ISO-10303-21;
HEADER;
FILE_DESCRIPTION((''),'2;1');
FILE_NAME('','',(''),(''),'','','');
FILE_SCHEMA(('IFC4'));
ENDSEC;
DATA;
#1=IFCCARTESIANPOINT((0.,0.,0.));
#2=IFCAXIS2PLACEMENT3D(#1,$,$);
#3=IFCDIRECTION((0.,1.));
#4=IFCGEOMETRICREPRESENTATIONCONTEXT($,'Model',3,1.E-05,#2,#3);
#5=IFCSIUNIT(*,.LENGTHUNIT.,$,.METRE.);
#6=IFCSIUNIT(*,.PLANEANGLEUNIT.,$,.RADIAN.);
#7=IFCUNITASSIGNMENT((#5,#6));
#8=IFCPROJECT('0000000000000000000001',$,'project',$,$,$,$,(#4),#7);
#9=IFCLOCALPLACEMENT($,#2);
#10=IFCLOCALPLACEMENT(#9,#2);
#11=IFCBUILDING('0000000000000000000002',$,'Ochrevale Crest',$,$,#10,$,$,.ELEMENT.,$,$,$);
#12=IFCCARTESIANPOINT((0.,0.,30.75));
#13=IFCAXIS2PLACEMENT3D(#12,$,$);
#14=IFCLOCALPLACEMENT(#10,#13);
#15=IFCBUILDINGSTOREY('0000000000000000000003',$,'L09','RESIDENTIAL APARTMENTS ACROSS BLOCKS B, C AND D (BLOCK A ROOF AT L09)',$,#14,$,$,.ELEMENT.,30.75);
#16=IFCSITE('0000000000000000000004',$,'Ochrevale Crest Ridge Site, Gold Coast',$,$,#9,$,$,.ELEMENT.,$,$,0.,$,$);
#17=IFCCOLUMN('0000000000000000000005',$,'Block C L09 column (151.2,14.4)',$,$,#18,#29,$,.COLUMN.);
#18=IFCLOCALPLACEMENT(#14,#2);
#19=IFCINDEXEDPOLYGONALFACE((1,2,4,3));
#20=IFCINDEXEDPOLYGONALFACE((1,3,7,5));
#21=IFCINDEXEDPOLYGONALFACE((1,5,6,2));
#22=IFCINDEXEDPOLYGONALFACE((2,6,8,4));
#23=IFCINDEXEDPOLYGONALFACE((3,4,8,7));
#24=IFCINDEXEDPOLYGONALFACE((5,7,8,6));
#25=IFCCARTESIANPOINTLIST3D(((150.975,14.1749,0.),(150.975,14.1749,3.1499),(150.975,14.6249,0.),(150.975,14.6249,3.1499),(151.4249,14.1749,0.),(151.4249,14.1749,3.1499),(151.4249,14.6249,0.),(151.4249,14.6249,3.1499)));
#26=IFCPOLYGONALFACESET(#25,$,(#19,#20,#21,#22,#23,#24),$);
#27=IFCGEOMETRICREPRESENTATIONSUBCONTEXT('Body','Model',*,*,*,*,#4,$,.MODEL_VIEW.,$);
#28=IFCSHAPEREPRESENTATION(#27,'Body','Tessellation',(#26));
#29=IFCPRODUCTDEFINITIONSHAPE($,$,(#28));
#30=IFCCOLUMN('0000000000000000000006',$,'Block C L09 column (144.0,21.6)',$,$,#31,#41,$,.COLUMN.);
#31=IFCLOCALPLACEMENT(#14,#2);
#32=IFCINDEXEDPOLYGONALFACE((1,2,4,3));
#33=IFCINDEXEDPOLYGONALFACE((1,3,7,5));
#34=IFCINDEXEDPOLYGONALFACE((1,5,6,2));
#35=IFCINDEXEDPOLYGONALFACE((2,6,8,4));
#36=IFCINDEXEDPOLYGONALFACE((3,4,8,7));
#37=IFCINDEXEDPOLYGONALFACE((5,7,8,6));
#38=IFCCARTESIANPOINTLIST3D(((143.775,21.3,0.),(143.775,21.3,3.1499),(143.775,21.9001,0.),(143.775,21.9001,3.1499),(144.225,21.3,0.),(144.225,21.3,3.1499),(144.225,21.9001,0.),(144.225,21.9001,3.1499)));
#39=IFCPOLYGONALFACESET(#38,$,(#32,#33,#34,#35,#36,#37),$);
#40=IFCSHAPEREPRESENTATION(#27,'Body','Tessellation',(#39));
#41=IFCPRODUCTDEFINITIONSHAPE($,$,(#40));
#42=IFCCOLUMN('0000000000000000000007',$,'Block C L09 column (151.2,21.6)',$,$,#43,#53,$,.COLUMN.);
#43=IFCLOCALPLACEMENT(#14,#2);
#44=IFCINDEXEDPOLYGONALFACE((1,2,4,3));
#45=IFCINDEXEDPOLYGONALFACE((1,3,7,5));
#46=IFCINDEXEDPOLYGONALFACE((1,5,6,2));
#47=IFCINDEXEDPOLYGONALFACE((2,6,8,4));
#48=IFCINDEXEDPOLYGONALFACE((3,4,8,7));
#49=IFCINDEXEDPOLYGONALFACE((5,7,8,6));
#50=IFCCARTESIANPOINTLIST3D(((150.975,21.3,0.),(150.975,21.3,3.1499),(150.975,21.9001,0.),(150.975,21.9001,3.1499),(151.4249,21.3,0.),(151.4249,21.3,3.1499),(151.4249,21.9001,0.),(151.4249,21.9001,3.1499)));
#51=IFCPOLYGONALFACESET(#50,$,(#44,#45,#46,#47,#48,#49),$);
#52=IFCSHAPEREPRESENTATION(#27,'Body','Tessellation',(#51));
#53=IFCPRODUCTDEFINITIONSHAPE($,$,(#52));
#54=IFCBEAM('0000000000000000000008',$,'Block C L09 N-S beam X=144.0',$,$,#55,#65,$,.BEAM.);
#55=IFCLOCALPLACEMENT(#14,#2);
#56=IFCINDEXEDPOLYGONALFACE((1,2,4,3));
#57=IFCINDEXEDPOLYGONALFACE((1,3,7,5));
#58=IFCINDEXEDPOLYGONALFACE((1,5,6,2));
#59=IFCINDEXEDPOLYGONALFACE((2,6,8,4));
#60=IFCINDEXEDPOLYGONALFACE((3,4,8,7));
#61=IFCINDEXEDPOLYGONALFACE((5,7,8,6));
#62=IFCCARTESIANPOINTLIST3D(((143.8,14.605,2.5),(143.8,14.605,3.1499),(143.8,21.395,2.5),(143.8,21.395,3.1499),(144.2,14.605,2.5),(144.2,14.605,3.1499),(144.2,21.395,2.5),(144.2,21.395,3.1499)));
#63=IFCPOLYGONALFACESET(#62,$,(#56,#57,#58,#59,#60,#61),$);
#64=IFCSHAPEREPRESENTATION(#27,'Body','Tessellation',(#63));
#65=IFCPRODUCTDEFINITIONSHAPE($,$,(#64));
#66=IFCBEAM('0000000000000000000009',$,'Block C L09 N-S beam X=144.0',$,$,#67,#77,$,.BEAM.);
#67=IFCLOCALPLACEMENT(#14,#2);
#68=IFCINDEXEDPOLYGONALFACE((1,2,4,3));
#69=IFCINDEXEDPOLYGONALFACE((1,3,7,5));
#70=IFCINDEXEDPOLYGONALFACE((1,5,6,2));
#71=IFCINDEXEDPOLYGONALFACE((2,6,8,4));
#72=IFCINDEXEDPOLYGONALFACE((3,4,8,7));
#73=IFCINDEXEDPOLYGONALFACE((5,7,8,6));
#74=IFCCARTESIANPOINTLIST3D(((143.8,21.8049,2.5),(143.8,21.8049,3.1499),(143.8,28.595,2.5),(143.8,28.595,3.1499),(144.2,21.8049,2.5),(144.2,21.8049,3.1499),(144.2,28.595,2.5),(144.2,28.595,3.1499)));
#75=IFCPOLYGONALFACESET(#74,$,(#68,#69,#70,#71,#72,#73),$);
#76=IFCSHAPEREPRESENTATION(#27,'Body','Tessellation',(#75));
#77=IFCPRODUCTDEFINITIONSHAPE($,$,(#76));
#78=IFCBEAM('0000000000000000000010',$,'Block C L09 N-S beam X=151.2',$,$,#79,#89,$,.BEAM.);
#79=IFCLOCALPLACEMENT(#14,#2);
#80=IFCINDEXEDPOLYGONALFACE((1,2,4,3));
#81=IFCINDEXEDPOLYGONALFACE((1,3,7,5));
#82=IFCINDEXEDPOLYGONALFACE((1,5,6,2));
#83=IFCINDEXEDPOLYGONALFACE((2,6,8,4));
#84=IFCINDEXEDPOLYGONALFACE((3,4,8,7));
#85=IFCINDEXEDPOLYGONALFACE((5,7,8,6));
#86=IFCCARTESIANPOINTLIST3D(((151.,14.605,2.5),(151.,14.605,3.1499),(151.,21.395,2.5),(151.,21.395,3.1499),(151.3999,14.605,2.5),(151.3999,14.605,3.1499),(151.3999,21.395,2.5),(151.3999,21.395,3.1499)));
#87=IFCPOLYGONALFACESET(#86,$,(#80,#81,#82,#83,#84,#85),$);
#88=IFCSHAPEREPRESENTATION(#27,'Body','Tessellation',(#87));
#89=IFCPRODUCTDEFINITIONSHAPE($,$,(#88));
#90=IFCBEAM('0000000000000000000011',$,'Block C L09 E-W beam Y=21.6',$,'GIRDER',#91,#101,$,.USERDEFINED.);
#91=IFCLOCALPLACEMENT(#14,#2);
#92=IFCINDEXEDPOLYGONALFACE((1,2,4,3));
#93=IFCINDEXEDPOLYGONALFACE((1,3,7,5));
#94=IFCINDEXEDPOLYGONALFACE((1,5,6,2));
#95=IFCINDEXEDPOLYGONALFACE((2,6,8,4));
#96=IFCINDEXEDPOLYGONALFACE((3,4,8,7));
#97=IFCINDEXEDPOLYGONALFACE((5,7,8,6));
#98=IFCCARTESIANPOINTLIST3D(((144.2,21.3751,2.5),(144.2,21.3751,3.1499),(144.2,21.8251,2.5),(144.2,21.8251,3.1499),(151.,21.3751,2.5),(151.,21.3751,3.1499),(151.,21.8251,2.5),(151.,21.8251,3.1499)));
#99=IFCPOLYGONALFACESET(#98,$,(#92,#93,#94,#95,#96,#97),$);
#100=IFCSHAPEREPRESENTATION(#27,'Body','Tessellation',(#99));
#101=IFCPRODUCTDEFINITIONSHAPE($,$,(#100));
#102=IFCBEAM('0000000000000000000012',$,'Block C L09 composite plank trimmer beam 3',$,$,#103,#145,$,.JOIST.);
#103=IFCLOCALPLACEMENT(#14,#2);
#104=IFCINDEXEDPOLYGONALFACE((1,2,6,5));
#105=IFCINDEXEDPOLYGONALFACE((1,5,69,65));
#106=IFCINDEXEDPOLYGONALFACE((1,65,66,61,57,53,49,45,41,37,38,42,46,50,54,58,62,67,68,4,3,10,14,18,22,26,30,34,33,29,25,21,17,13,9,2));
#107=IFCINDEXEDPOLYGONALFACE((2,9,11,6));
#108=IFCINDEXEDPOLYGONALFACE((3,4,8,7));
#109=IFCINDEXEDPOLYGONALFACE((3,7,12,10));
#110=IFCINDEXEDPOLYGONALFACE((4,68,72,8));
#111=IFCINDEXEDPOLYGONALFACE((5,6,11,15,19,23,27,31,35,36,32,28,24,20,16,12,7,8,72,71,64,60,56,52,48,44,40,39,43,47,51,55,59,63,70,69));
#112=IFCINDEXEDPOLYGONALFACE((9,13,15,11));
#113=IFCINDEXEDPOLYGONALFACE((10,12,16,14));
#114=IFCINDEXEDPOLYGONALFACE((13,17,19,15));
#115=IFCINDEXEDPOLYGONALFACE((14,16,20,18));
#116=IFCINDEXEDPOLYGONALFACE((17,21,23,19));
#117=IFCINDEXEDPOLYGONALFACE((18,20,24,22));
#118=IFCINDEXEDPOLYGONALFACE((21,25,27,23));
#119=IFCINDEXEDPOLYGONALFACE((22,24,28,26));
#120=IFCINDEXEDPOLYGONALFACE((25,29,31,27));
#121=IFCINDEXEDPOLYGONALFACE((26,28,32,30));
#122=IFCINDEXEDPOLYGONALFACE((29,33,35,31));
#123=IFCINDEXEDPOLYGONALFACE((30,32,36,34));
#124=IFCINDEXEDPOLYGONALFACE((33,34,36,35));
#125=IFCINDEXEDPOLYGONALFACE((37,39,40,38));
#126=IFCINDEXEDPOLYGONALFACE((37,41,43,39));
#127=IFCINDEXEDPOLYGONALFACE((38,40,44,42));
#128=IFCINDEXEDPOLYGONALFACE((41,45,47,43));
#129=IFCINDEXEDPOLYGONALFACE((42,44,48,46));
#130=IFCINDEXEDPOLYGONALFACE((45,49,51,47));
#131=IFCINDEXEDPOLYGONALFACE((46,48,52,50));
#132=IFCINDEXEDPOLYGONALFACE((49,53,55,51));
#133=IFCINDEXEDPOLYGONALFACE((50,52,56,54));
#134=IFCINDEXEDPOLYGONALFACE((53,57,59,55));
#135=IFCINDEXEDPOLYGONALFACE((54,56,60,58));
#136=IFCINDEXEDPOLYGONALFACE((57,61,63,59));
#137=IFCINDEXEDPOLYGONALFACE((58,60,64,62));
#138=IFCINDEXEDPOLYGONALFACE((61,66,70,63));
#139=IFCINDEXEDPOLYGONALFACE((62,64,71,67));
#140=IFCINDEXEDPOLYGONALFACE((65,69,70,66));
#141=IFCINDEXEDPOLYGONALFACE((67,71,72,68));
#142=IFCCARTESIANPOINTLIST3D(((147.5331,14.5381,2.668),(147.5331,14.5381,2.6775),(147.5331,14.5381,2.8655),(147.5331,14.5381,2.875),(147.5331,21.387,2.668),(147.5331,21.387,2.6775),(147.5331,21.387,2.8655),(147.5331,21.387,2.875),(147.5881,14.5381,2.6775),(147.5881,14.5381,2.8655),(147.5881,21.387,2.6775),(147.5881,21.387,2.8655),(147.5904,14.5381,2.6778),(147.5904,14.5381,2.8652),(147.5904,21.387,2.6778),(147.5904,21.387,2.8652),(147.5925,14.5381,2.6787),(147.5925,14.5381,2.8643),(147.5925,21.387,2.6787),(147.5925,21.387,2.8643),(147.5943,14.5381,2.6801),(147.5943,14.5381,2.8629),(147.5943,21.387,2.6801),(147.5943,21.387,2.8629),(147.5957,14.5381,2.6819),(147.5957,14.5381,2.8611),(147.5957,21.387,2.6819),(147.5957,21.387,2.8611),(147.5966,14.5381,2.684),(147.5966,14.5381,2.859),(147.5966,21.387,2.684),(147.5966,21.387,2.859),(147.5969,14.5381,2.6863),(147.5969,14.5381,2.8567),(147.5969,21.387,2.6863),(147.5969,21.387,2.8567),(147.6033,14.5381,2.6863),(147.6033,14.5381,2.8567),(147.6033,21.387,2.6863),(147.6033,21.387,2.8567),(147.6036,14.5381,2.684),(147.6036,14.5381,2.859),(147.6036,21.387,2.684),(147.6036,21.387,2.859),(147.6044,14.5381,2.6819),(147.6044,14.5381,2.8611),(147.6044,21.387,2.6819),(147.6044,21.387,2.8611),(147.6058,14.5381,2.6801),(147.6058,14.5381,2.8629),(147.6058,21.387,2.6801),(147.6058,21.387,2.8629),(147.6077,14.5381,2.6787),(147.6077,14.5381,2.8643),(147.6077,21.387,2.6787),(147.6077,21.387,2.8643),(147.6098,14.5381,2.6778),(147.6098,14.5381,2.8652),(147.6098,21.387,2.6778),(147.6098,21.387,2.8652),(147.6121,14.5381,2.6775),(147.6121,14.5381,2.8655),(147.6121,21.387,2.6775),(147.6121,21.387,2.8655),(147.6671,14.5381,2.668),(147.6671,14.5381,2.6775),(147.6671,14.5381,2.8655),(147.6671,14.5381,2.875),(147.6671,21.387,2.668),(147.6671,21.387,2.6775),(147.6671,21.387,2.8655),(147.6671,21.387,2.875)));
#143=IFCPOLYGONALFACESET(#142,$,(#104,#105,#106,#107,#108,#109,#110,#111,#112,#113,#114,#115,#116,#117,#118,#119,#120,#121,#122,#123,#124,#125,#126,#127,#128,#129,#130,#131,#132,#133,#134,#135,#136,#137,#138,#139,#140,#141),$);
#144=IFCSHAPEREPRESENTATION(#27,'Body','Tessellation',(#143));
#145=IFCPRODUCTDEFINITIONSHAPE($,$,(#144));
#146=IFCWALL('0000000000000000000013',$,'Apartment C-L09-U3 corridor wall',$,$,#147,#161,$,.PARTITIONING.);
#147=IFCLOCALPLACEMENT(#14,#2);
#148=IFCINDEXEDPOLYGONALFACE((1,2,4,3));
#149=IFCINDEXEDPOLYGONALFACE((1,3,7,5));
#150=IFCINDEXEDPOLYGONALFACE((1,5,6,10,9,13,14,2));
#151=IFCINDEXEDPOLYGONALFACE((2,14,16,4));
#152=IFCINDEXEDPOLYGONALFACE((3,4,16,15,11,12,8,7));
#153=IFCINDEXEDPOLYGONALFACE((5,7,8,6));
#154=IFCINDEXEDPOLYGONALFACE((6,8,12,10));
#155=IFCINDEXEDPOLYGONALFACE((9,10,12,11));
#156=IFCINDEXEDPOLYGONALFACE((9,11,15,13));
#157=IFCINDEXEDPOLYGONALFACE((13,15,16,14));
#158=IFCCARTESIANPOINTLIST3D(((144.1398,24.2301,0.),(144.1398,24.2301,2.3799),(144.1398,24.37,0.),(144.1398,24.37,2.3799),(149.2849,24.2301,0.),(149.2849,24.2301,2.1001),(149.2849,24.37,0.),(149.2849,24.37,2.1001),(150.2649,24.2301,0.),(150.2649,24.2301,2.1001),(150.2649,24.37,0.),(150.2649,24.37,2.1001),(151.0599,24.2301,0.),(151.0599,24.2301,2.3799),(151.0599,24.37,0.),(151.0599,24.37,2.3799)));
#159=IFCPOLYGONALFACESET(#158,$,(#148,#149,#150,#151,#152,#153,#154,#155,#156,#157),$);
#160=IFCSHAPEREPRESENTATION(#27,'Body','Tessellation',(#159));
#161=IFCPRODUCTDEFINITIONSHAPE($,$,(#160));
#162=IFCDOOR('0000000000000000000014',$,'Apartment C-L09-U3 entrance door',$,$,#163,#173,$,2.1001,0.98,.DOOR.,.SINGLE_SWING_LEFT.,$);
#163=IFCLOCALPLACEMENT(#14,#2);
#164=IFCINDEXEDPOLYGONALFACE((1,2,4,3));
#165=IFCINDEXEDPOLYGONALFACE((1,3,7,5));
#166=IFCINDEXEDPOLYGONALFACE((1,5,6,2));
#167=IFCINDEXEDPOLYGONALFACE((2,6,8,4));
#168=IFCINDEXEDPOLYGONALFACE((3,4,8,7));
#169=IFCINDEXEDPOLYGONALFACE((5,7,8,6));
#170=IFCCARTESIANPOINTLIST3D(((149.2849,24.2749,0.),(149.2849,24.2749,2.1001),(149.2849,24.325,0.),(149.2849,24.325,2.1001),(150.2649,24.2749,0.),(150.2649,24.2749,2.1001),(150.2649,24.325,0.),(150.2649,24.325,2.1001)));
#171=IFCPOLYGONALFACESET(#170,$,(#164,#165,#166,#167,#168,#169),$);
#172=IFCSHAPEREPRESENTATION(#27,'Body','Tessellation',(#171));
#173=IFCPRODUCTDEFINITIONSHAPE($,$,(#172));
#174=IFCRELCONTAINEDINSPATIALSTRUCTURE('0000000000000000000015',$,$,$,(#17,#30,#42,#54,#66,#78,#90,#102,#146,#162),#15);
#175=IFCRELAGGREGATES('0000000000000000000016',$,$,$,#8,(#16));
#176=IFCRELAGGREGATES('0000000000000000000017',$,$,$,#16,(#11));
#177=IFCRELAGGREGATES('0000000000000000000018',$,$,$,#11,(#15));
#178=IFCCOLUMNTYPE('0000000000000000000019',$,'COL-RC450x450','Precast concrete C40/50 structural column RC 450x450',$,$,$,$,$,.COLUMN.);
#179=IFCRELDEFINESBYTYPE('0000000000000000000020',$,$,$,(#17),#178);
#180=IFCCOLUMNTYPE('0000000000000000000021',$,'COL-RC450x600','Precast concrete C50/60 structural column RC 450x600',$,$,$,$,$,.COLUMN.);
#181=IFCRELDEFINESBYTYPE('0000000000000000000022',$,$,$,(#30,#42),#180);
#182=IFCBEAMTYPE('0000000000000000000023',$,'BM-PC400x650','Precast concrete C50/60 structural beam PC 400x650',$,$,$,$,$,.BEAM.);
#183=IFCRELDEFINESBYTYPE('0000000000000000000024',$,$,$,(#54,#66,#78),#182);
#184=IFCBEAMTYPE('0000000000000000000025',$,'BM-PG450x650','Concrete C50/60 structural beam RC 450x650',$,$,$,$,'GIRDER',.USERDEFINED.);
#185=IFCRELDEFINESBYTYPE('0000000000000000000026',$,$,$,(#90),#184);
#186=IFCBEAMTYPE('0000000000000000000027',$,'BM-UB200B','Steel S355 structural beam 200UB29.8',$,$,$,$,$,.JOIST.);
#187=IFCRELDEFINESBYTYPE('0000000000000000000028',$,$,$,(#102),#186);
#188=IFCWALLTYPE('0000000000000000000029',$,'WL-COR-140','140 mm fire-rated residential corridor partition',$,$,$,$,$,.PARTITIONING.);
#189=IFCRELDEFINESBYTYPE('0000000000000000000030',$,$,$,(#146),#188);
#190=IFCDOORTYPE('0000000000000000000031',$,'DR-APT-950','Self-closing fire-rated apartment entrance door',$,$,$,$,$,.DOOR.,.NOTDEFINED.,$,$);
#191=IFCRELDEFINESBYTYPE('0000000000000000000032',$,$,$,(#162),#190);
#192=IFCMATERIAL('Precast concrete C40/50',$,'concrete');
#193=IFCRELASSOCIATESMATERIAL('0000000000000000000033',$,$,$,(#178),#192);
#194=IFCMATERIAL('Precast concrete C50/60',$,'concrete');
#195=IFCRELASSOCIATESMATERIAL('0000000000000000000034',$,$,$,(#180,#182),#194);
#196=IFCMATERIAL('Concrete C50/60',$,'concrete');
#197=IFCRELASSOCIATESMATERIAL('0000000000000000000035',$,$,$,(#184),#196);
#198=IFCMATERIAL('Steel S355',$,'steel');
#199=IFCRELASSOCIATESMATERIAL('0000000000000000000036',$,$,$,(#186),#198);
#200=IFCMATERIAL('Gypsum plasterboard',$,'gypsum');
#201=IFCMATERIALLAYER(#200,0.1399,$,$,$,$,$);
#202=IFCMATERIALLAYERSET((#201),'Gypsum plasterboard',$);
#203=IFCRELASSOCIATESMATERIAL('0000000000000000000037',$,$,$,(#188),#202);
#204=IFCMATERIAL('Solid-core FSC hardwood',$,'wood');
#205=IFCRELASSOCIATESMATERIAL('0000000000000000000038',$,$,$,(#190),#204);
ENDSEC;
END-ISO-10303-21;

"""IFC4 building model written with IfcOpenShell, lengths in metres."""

from ifc_helpers import new_model, si_unit, direction, frame, frame_2d, origin, origin_2d, place, context, subcontext, project, spatial, rectangle, i_section, extrude, material, layer, layer_set, material_profile, profile_set, type_object, element, fill, save


model = new_model("IFC4")

# Units and contexts
model_context = context("Model", 3, precision=1e-05, world=origin(), true_north=direction((0.0, 1.0)))
body_context = subcontext(model_context, "Body", "Model", "MODEL_VIEW")
ifc_project = project(units=[si_unit("LENGTHUNIT", "METRE"), si_unit("PLANEANGLEUNIT", "RADIAN")], contexts=[model_context])

# Site, building, storey
site_placement = place(None, origin())
site = spatial("IfcSite", under=ifc_project, at=site_placement, Name="Ochrevale Crest Ridge Site, Gold Coast", CompositionType="ELEMENT", RefElevation=0.0)
building_placement = place(site_placement, origin())
building = spatial("IfcBuilding", under=site, at=building_placement, Name="Ochrevale Crest", CompositionType="ELEMENT")
storey_placement = place(building_placement, frame((0.0, 0.0, 30.75)))
storey = spatial("IfcBuildingStorey", under=building, at=storey_placement, Name="L09", Description="RESIDENTIAL APARTMENTS ACROSS BLOCKS B, C AND D (BLOCK A ROOF AT L09)", CompositionType="ELEMENT", Elevation=30.75)

# Columns
ifc_material_1 = material(Name="Precast concrete C40/50", Category="concrete")
ifc_material_profile_1 = material_profile(ifc_material_1, rectangle(XDim=0.45, YDim=0.45, at=origin_2d()), Name="RC 450x450")
ifc_profile_set_1 = profile_set([ifc_material_profile_1], Name="Precast concrete C40/50")
column_type_1 = type_object("IfcColumnType", Name="COL-RC450x450", Description="Precast concrete C40/50 structural column RC 450x450", PredefinedType="COLUMN", material=ifc_profile_set_1)
column_placement = place(storey_placement, frame((151.2, 14.3999, 0.0), z_axis=(0.0, 0.0, 1.0), x_axis=(1.0, 0.0, 0.0)))
element("IfcColumn", 1, at=column_placement, inside=storey, type_object=column_type_1, Name="Block C L09 column (151.2,14.4)", PredefinedType="COLUMN", context=body_context, shape_type="SweptSolid", body=[
    extrude(rectangle(XDim=0.45, YDim=0.45, at=origin_2d()), origin(), (0.0, 0.0, 1.0), 3.1499),
])
ifc_material_2 = material(Name="Precast concrete C50/60", Category="concrete")
ifc_material_profile_2 = material_profile(ifc_material_2, rectangle(XDim=0.45, YDim=0.6001, at=origin_2d()), Name="RC 450x600")
ifc_profile_set_2 = profile_set([ifc_material_profile_2], Name="Precast concrete C50/60")
column_type_2 = type_object("IfcColumnType", Name="COL-RC450x600", Description="Precast concrete C50/60 structural column RC 450x600", PredefinedType="COLUMN", material=ifc_profile_set_2)
for number, where, z_axis, x_axis, name in (
    (2, (144.0, 21.6001, 0.0), (0.0, 0.0, 1.0), (1.0, 0.0, 0.0), "Block C L09 column (144.0,21.6)"),
    (3, (151.2, 21.6001, 0.0), (0.0, 0.0, 1.0), (1.0, 0.0, 0.0), "Block C L09 column (151.2,21.6)"),
):
    element("IfcColumn", number, at=place(storey_placement, frame(where, z_axis=z_axis, x_axis=x_axis)), inside=storey, type_object=column_type_2, Name=name, PredefinedType="COLUMN", context=body_context, shape_type="SweptSolid", body=[
        extrude(rectangle(XDim=0.45, YDim=0.6001, at=origin_2d()), origin(), (0.0, 0.0, 1.0), 3.1499),
    ])

# Beams
ifc_material_profile_3 = material_profile(ifc_material_2, rectangle(XDim=0.3999, YDim=0.6499, at=origin_2d()), Name="PC 400x650")
ifc_profile_set_3 = profile_set([ifc_material_profile_3], Name="Precast concrete C50/60")
beam_type_1 = type_object("IfcBeamType", Name="BM-PC400x650", Description="Precast concrete C50/60 structural beam PC 400x650", PredefinedType="BEAM", material=ifc_profile_set_3)
for number, where, z_axis, x_axis, name in (
    (4, (144.0, 14.605, 2.825), (0.0, 1.0, 0.0), (-1.0, 0.0, 0.0), "Block C L09 N-S beam X=144.0"),
    (5, (144.0, 21.8049, 2.825), (0.0, 1.0, 0.0), (-1.0, 0.0, 0.0), "Block C L09 N-S beam X=144.0"),
    (6, (151.2, 14.605, 2.825), (0.0, 1.0, 0.0), (-1.0, 0.0, 0.0), "Block C L09 N-S beam X=151.2"),
):
    element("IfcBeam", number, at=place(storey_placement, frame(where, z_axis=z_axis, x_axis=x_axis)), inside=storey, type_object=beam_type_1, Name=name, PredefinedType="BEAM", context=body_context, shape_type="SweptSolid", body=[
        extrude(rectangle(XDim=0.3999, YDim=0.6499, at=origin_2d()), origin(), (0.0, 0.0, 1.0), 6.79),
    ])
ifc_material_3 = material(Name="Concrete C50/60", Category="concrete")
ifc_material_profile_4 = material_profile(ifc_material_3, rectangle(XDim=0.45, YDim=0.6499, at=origin_2d()), Name="RC 450x650")
ifc_profile_set_4 = profile_set([ifc_material_profile_4], Name="Concrete C50/60")
beam_type_2 = type_object("IfcBeamType", Name="BM-PG450x650", Description="Concrete C50/60 structural beam RC 450x650", ElementType="GIRDER", PredefinedType="USERDEFINED", material=ifc_profile_set_4)
beam_1_placement = place(storey_placement, frame((144.2, 21.6001, 2.825), z_axis=(1.0, 0.0, 0.0), x_axis=(0.0, 1.0, 0.0)))
element("IfcBeam", 7, at=beam_1_placement, inside=storey, type_object=beam_type_2, Name="Block C L09 E-W beam Y=21.6", ObjectType="GIRDER", PredefinedType="USERDEFINED", context=body_context, shape_type="SweptSolid", body=[
    extrude(rectangle(XDim=0.45, YDim=0.6499, at=origin_2d()), origin(), (0.0, 0.0, 1.0), 6.8),
])
ifc_material_4 = material(Name="Steel S355", Category="steel")
ifc_material_profile_5 = material_profile(ifc_material_4, i_section(OverallWidth=0.134, OverallDepth=0.207, WebThickness=0.0063, FlangeThickness=0.0095, FilletRadius=0.0088, at=origin_2d()), Name="200UB29.8")
ifc_profile_set_5 = profile_set([ifc_material_profile_5], Name="Steel S355")
beam_type_3 = type_object("IfcBeamType", Name="BM-UB200B", Description="Steel S355 structural beam 200UB29.8", PredefinedType="JOIST", material=ifc_profile_set_5)
beam_2_placement = place(storey_placement, frame((147.6001, 14.5381, 2.7715), z_axis=(0.0, 1.0, 0.0), x_axis=(-1.0, 0.0, 0.0)))
element("IfcBeam", 8, at=beam_2_placement, inside=storey, type_object=beam_type_3, Name="Block C L09 composite plank trimmer beam 3", PredefinedType="JOIST", context=body_context, shape_type="SweptSolid", body=[
    extrude(i_section(OverallWidth=0.134, OverallDepth=0.207, WebThickness=0.0063, FlangeThickness=0.0095, FilletRadius=0.0088, at=origin_2d()), origin(), (0.0, 0.0, 1.0), 6.8489),
])

# Wall, opening, door
ifc_material_5 = material(Name="Gypsum plasterboard", Category="gypsum")
ifc_layer_1 = layer(ifc_material_5, 0.1399)
ifc_layer_set_1 = layer_set([ifc_layer_1], Name="Gypsum plasterboard")
wall_type_1 = type_object("IfcWallType", Name="WL-COR-140", Description="140 mm fire-rated residential corridor partition", PredefinedType="PARTITIONING", material=ifc_layer_set_1)
wall_1_placement = place(storey_placement, frame((144.1399, 24.3, 0.0), z_axis=(0.0, 0.0, 1.0), x_axis=(1.0, 0.0, 0.0)))
wall_1 = element("IfcWall", 9, at=wall_1_placement, inside=storey, type_object=wall_type_1, Name="Apartment C-L09-U3 corridor wall", PredefinedType="PARTITIONING", context=body_context, shape_type="SweptSolid", body=[
    extrude(rectangle(XDim=6.9202, YDim=0.1399, at=frame_2d((3.46, 0.0))), origin(), (0.0, 0.0, 1.0), 2.3799),
])
opening_1_placement = place(wall_1_placement, frame((5.145, 0.0, 0.0)))
opening_1 = element("IfcOpeningElement", 10, at=opening_1_placement, cuts=wall_1, PredefinedType="OPENING", context=body_context, shape_type="SweptSolid", body=[
    extrude(rectangle(XDim=0.98, YDim=2.1001, at=frame_2d((0.49, 1.05))), frame((0.0, 0.0801, 0.0), z_axis=(0.0, -1.0, 0.0), x_axis=(1.0, 0.0, 0.0)), (0.0, 0.0, 1.0), 0.1599),
])
ifc_material_6 = material(Name="Solid-core FSC hardwood", Category="wood")
door_type_1 = type_object("IfcDoorType", Name="DR-APT-950", Description="Self-closing fire-rated apartment entrance door", OperationType="NOTDEFINED", PredefinedType="DOOR", material=ifc_material_6)
door_1_placement = place(opening_1_placement, origin())
door_1 = element("IfcDoor", 11, at=door_1_placement, inside=storey, type_object=door_type_1, Name="Apartment C-L09-U3 entrance door", OperationType="SINGLE_SWING_LEFT", OverallHeight=2.1001, OverallWidth=0.98, PredefinedType="DOOR", context=body_context, shape_type="SweptSolid", body=[
    extrude(rectangle(XDim=0.98, YDim=2.1001, at=frame_2d((0.49, 1.05))), frame((0.0, 0.0249, 0.0), z_axis=(0.0, -1.0, 0.0), x_axis=(1.0, 0.0, 0.0)), (0.0, 0.0, 1.0), 0.05),
])
fill(opening_1, door_1)

save(model, "model.ifc")
